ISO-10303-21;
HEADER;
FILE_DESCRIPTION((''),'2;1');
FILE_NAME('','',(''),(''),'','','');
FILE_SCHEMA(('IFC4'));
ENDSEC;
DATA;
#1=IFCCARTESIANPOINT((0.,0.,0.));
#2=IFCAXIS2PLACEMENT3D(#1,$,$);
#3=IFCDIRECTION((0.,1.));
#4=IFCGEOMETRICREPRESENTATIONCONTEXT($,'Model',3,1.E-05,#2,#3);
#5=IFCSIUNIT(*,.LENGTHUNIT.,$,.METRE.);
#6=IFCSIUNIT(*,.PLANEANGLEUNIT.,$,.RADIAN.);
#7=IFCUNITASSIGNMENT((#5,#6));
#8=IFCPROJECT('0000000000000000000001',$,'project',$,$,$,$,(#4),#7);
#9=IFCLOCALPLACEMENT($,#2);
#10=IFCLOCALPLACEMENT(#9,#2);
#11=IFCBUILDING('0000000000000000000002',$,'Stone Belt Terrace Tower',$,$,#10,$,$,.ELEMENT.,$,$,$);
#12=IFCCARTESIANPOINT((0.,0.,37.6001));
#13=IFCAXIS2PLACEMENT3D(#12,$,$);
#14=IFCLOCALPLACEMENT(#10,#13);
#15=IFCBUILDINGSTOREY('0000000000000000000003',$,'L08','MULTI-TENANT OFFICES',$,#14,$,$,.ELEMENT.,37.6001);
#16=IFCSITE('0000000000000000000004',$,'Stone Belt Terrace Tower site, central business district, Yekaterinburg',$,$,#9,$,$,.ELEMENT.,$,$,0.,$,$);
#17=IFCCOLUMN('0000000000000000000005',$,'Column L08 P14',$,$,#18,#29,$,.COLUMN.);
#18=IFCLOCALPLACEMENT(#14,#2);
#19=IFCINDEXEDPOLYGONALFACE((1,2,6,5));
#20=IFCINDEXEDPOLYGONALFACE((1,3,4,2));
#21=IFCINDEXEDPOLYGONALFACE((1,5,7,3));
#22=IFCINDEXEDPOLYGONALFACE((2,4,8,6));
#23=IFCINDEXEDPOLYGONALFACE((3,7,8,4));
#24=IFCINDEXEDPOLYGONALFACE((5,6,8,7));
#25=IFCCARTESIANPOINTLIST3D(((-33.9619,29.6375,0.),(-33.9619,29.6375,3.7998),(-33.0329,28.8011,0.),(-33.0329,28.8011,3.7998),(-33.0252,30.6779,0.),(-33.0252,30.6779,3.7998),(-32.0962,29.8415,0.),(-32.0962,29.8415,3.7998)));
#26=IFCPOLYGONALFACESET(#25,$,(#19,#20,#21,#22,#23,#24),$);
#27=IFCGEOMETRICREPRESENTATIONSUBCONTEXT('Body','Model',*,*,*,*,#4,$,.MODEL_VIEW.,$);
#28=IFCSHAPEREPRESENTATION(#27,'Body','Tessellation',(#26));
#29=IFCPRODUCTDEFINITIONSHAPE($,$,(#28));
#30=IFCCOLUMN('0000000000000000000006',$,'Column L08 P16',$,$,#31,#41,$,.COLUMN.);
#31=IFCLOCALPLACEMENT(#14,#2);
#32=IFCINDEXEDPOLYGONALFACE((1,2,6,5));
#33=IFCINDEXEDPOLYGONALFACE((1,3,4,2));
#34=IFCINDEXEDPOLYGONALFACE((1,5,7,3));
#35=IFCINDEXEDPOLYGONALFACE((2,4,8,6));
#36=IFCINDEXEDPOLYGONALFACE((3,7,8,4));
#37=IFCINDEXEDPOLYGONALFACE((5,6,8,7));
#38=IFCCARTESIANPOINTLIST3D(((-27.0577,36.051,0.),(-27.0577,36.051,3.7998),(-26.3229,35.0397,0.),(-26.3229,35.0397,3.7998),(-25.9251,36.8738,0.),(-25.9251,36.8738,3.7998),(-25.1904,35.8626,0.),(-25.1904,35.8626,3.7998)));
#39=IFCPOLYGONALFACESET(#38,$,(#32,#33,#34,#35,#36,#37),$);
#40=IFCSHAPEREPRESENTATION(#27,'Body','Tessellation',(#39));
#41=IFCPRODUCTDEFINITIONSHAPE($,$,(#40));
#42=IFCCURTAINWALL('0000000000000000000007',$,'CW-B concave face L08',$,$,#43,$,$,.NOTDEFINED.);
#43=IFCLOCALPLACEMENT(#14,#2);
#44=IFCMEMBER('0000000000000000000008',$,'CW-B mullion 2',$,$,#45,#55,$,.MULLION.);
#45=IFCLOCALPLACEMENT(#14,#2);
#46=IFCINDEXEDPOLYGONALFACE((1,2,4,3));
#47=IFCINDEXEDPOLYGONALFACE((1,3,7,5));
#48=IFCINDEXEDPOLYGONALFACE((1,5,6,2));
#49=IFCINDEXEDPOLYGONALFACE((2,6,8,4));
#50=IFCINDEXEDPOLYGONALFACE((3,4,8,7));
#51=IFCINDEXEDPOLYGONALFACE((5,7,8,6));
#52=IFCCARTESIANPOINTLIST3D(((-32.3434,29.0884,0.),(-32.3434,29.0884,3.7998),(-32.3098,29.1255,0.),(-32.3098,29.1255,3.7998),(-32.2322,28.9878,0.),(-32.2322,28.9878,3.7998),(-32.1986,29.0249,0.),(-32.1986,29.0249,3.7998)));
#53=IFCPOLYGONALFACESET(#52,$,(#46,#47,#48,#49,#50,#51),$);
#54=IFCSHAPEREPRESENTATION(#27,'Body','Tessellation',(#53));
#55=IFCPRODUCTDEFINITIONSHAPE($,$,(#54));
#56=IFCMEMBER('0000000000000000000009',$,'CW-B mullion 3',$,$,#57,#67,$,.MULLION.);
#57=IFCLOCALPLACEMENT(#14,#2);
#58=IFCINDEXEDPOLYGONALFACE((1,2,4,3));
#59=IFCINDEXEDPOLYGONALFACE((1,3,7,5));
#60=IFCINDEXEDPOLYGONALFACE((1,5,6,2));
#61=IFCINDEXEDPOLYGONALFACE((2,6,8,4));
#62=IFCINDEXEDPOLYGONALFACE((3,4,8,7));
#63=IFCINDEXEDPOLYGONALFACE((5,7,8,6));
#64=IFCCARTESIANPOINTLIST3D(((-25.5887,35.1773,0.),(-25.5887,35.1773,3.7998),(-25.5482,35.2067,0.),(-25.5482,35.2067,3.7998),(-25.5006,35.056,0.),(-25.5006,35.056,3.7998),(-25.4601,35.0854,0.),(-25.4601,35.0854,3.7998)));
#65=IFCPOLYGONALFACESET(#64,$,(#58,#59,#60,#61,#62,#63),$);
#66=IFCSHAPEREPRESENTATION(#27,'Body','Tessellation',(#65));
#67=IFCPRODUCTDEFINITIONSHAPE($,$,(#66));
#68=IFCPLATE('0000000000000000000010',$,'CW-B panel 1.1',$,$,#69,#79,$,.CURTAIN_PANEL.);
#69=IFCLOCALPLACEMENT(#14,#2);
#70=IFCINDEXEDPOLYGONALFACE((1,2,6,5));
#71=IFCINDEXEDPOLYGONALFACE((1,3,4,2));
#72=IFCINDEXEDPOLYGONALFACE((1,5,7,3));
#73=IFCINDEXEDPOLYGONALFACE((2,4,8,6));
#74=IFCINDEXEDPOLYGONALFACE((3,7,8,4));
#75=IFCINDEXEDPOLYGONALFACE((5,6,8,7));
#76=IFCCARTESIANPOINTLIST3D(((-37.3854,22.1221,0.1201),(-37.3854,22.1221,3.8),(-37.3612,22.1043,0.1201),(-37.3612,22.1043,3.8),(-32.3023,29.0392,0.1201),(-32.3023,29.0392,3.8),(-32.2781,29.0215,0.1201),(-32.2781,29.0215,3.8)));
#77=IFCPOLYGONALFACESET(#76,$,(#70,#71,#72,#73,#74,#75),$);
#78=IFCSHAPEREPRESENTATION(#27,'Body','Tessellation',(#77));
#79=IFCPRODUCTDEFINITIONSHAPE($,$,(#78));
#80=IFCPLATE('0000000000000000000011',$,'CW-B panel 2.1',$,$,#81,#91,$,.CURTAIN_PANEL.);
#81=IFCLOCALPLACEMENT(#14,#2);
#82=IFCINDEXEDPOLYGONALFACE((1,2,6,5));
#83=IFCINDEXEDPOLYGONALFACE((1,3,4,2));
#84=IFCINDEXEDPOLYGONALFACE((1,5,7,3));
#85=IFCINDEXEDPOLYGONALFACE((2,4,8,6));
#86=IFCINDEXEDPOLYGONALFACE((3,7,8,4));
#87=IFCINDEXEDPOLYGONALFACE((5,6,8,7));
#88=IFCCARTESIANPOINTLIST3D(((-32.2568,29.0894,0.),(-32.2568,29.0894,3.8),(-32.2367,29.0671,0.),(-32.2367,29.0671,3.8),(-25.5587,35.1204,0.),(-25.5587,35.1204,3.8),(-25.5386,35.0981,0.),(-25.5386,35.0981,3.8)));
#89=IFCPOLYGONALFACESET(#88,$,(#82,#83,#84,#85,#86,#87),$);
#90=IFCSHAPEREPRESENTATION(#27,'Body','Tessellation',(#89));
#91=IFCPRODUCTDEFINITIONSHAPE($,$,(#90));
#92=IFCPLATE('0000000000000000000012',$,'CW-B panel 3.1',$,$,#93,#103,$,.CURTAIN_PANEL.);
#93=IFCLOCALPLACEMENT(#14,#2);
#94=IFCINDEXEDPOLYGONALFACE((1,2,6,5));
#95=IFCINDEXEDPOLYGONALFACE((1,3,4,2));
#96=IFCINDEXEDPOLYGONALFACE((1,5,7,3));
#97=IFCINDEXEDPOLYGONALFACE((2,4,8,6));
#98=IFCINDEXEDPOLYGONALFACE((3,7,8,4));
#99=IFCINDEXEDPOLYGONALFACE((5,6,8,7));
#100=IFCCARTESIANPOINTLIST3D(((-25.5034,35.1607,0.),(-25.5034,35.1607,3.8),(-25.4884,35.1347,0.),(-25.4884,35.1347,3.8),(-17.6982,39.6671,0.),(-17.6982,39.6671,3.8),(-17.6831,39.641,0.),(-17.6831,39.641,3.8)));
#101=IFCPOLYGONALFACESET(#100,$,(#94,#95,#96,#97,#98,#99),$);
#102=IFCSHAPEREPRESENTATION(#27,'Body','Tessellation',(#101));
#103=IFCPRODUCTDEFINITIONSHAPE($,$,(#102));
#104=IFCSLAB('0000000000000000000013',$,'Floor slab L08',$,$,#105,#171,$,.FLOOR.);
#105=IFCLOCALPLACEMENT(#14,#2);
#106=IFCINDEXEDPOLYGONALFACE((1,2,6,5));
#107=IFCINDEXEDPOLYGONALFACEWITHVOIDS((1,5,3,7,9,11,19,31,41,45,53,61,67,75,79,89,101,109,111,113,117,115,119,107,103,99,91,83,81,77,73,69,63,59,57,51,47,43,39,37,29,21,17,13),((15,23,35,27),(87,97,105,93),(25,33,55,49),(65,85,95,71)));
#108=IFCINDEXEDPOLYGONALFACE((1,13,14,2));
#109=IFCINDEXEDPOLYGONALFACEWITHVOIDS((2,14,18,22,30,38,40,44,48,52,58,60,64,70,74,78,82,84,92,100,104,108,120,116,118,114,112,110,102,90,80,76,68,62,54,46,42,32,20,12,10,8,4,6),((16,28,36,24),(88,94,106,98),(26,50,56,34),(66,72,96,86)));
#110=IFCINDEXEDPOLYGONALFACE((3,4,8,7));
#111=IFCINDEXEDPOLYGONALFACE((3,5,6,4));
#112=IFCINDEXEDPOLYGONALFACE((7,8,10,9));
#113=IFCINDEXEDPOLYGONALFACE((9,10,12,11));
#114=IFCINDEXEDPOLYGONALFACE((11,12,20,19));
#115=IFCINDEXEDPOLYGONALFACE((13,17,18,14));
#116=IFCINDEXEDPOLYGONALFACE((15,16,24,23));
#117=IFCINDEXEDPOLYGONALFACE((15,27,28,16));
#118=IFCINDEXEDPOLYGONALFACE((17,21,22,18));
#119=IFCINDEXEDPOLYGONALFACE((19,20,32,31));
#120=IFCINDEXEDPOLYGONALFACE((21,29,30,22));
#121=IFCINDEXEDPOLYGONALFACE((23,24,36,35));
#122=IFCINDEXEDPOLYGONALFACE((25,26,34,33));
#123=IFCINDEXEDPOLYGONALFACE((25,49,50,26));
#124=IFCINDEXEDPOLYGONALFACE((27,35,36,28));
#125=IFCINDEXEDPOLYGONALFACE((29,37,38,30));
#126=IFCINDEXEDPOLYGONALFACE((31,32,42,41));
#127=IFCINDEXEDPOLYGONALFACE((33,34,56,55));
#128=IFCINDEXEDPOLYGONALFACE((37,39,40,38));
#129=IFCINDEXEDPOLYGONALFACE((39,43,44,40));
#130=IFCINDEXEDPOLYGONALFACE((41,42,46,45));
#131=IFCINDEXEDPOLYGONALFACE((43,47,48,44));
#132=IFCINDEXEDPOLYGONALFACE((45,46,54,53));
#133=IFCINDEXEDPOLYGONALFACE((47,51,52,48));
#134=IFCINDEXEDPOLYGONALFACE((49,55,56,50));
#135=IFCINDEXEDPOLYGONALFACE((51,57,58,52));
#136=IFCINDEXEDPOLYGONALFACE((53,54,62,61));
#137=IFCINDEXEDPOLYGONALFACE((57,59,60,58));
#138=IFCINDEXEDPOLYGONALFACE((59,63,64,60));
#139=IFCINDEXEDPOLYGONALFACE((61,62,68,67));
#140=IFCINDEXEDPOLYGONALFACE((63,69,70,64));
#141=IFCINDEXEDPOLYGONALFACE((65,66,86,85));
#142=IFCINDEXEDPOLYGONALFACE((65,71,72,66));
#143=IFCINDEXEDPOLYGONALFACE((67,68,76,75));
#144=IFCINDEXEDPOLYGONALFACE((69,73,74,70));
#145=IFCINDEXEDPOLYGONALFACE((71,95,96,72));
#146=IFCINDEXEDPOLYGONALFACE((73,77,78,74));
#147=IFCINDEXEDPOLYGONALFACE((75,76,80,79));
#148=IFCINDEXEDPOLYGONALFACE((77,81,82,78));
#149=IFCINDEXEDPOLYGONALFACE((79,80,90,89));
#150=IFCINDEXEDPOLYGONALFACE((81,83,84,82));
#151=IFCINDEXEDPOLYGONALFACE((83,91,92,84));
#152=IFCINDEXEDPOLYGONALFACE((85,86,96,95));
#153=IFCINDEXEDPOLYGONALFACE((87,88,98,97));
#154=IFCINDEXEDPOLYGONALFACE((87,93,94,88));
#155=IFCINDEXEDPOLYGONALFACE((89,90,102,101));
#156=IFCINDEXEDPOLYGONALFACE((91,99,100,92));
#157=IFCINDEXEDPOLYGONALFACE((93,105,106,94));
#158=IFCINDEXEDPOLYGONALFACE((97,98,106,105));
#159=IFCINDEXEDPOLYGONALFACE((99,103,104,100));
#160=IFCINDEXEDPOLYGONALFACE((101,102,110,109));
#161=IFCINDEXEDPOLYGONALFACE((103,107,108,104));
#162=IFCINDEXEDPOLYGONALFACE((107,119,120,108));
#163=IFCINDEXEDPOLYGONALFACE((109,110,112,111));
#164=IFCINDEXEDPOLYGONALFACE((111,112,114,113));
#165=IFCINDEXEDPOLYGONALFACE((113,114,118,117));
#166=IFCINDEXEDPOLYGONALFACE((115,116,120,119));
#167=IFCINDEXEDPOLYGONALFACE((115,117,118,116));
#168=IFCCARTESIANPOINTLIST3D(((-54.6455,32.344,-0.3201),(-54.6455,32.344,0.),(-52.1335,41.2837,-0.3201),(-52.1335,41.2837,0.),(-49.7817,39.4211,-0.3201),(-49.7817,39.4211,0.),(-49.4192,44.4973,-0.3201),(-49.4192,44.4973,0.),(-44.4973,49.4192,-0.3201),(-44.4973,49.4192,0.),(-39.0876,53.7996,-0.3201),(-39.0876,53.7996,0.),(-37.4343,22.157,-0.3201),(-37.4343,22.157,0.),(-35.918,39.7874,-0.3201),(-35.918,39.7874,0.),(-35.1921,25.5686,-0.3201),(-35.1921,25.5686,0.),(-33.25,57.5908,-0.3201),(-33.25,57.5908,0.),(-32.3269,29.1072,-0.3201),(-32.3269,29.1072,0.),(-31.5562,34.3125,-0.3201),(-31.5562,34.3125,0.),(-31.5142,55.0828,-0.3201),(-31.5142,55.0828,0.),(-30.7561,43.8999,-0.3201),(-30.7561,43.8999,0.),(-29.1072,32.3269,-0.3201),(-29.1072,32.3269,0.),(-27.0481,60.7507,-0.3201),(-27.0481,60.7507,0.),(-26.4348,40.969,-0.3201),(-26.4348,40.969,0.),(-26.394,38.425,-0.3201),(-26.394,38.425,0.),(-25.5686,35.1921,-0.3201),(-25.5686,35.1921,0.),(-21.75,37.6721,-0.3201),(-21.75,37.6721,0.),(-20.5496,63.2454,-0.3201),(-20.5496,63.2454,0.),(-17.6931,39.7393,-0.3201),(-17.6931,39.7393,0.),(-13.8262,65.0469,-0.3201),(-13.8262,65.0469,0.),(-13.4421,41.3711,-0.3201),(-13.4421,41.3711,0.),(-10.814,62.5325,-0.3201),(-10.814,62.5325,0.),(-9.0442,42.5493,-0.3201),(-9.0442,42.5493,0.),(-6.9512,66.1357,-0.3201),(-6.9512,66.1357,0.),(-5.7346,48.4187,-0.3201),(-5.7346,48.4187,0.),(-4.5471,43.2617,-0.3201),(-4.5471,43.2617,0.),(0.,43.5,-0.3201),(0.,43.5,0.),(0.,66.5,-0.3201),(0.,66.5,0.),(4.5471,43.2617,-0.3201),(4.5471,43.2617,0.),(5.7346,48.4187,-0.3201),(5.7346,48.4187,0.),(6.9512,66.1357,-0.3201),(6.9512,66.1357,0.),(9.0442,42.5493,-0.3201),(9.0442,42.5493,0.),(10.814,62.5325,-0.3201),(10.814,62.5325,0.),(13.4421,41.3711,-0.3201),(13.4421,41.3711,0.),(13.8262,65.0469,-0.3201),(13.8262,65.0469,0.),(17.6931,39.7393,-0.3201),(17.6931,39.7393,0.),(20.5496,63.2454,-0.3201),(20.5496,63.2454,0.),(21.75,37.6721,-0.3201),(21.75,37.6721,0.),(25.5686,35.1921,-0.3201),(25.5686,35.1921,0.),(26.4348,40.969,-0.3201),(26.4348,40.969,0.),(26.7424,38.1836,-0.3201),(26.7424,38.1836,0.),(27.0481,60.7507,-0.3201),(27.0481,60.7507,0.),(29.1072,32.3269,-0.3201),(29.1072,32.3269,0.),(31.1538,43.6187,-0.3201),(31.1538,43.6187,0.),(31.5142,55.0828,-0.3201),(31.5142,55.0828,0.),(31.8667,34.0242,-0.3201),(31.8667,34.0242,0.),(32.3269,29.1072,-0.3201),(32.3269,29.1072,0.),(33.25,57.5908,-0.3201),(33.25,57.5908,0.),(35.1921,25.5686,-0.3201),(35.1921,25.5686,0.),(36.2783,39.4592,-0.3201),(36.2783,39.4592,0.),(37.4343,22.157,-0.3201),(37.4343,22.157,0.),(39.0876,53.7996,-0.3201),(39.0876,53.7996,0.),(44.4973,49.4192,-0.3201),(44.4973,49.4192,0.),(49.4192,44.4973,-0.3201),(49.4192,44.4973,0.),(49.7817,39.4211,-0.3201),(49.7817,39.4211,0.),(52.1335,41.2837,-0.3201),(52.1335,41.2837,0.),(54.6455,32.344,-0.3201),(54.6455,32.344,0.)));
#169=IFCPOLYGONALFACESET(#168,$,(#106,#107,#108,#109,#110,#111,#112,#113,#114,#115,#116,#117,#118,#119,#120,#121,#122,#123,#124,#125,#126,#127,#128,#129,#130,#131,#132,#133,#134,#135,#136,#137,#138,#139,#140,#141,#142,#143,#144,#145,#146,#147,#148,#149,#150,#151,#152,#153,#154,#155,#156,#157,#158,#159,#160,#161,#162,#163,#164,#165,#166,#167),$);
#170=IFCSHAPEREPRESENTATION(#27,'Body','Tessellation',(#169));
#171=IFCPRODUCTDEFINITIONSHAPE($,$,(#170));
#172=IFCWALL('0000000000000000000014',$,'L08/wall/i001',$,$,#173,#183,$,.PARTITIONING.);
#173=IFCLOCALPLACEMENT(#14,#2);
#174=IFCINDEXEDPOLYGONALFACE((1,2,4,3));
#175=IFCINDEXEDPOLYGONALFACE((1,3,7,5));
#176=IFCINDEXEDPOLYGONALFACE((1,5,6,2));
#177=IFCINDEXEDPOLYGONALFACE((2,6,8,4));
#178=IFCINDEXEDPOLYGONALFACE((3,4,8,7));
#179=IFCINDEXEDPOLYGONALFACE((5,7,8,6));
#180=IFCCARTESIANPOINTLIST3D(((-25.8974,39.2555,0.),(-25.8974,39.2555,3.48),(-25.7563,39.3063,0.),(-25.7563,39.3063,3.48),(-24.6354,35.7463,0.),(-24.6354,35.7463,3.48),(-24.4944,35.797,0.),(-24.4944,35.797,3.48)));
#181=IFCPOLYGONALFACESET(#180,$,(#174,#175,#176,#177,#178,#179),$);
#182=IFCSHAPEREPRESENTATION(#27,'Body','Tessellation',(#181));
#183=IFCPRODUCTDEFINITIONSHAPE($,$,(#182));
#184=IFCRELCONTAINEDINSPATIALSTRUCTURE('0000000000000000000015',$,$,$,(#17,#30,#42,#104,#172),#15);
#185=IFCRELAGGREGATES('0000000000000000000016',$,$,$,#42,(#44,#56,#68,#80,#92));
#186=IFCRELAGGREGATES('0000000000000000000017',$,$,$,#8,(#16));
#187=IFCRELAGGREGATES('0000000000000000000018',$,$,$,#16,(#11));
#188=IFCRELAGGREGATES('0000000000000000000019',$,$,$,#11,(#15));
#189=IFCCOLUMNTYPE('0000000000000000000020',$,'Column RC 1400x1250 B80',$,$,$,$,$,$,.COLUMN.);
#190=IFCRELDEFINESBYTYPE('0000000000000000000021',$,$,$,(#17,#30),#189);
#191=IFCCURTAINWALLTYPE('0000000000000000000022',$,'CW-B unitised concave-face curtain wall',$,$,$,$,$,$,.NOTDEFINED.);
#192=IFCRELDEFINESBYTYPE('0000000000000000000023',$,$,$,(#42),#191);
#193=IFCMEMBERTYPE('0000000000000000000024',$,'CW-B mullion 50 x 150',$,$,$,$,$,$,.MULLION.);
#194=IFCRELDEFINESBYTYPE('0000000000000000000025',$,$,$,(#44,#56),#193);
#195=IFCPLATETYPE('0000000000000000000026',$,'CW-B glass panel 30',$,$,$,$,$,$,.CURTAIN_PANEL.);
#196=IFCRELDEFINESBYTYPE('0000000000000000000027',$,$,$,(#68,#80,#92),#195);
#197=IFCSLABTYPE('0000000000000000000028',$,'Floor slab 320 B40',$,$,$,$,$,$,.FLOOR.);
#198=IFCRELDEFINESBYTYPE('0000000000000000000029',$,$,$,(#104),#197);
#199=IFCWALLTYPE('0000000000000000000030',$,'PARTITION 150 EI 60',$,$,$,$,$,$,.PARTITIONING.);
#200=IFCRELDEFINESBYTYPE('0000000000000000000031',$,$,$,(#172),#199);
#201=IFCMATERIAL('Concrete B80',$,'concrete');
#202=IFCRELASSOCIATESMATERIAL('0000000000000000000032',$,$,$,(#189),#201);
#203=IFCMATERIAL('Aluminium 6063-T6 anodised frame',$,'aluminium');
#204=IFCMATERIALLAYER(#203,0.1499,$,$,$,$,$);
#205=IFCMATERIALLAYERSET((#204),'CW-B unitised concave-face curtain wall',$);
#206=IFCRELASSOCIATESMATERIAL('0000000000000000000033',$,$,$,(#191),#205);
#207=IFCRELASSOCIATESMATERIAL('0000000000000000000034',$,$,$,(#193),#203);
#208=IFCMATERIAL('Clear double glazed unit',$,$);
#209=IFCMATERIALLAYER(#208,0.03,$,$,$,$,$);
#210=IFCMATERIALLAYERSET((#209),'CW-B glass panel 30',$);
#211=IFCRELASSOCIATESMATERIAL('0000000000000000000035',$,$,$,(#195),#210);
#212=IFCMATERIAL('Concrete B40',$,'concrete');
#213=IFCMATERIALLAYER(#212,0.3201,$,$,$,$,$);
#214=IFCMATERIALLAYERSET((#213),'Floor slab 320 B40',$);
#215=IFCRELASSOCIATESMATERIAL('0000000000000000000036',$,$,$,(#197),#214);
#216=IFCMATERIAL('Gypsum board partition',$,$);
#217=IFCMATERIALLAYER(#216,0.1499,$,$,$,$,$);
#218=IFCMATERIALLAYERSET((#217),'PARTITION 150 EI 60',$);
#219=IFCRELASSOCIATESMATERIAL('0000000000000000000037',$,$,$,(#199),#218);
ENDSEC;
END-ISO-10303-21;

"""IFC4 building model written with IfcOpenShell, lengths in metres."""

from ifc_helpers import new_model, si_unit, direction, frame, frame_2d, origin, origin_2d, place, context, subcontext, project, spatial, polyline, rectangle, outline, extrude, material, layer, layer_set, material_profile, profile_set, type_object, element, aggregate, save


model = new_model("IFC4")

# Units and contexts
model_context = context("Model", 3, precision=1e-05, world=origin(), true_north=direction((0.0, 1.0)))
body_context = subcontext(model_context, "Body", "Model", "MODEL_VIEW")
ifc_project = project(units=[si_unit("LENGTHUNIT", "METRE"), si_unit("PLANEANGLEUNIT", "RADIAN")], contexts=[model_context])

# Site, building, storey
site_placement = place(None, origin())
site = spatial("IfcSite", under=ifc_project, at=site_placement, Name="Stone Belt Terrace Tower site, central business district, Yekaterinburg", CompositionType="ELEMENT", RefElevation=0.0)
building_placement = place(site_placement, origin())
building = spatial("IfcBuilding", under=site, at=building_placement, Name="Stone Belt Terrace Tower", CompositionType="ELEMENT")
storey_placement = place(building_placement, frame((0.0, 0.0, 37.6001)))
storey = spatial("IfcBuildingStorey", under=building, at=storey_placement, Name="L08", Description="MULTI-TENANT OFFICES", CompositionType="ELEMENT", Elevation=37.6001)

# Columns
ifc_material_1 = material(Name="Concrete B80", Category="concrete")
ifc_material_profile_1 = material_profile(ifc_material_1, rectangle(XDim=1.3999, YDim=1.25, at=origin_2d()), Name="RC 1400x1250")
ifc_profile_set_1 = profile_set([ifc_material_profile_1], Name="Concrete B80")
column_type = type_object("IfcColumnType", Name="Column RC 1400x1250 B80", PredefinedType="COLUMN", material=ifc_profile_set_1)
for number, where, z_axis, x_axis, name in (
    (1, (-33.0291, 29.7395, 0.0), (0.0, 0.0, 1.0), (0.669131, 0.743145, 0.0), "Column L08 P14"),
    (2, (-26.124, 35.9568, 0.0), (0.0, 0.0, 1.0), (0.809017, 0.587785, 0.0), "Column L08 P16"),
):
    element("IfcColumn", number, at=place(storey_placement, frame(where, z_axis=z_axis, x_axis=x_axis)), inside=storey, type_object=column_type, Name=name, PredefinedType="COLUMN", context=body_context, shape_type="SweptSolid", body=[
        extrude(rectangle(XDim=1.3999, YDim=1.25, at=origin_2d()), origin(), (0.0, 0.0, 1.0), 3.7998),
    ])

# Curtain wall, members, plates
ifc_material_2 = material(Name="Aluminium 6063-T6 anodised frame", Category="aluminium")
ifc_layer_1 = layer(ifc_material_2, 0.1499)
ifc_layer_set_1 = layer_set([ifc_layer_1], Name="CW-B unitised concave-face curtain wall")
curtain_wall_type = type_object("IfcCurtainWallType", Name="CW-B unitised concave-face curtain wall", PredefinedType="NOTDEFINED", material=ifc_layer_set_1)
curtain_wall_placement = place(storey_placement, origin())
curtain_wall = element("IfcCurtainWall", 3, at=curtain_wall_placement, inside=storey, type_object=curtain_wall_type, Name="CW-B concave face L08", PredefinedType="NOTDEFINED")
ifc_material_profile_2 = material_profile(ifc_material_2, rectangle(XDim=0.1499, YDim=0.05, at=origin_2d()), Name="Aluminium 6063-T6 50x150")
ifc_profile_set_2 = profile_set([ifc_material_profile_2], Name="Aluminium 6063-T6 anodised frame")
member_type = type_object("IfcMemberType", Name="CW-B mullion 50 x 150", PredefinedType="MULLION", material=ifc_profile_set_2)
member_1_placement = place(storey_placement, frame((-32.271, 29.0566, 0.0), z_axis=(0.0, 0.0, 1.0), x_axis=(-0.74133, 0.671141, 0.0)))
member_1 = element("IfcMember", 4, at=member_1_placement, type_object=member_type, Name="CW-B mullion 2", PredefinedType="MULLION", context=body_context, shape_type="SweptSolid", body=[
    extrude(rectangle(XDim=0.1499, YDim=0.05, at=origin_2d()), origin(), (0.0, 0.0, 1.0), 3.7998),
])
member_2_placement = place(storey_placement, frame((-25.5244, 35.1313, 0.0), z_axis=(0.0, 0.0, 1.0), x_axis=(-0.587785, 0.809017, 0.0)))
member_2 = element("IfcMember", 5, at=member_2_placement, type_object=member_type, Name="CW-B mullion 3", PredefinedType="MULLION", context=body_context, shape_type="SweptSolid", body=[
    extrude(rectangle(XDim=0.1499, YDim=0.05, at=origin_2d()), origin(), (0.0, 0.0, 1.0), 3.7998),
])
ifc_material_3 = material(Name="Clear double glazed unit")
ifc_layer_2 = layer(ifc_material_3, 0.03)
ifc_layer_set_2 = layer_set([ifc_layer_2], Name="CW-B glass panel 30")
plate_type = type_object("IfcPlateType", Name="CW-B glass panel 30", PredefinedType="CURTAIN_PANEL", material=ifc_layer_set_2)
plate_1_placement = place(storey_placement, frame((-34.8318, 25.5718, 0.1201), z_axis=(0.0, 0.0, 1.0), x_axis=(0.592159, 0.805821, 0.0)))
plate_1 = element("IfcPlate", 6, at=plate_1_placement, type_object=plate_type, Name="CW-B panel 1.1", PredefinedType="CURTAIN_PANEL", context=body_context, shape_type="SweptSolid", body=[
    extrude(rectangle(XDim=8.584, YDim=0.03, at=origin_2d()), origin(), (0.0, 0.0, 1.0), 3.6799),
])
plate_2_placement = place(storey_placement, frame((-28.8977, 32.0938, 0.0), z_axis=(0.0, 0.0, 1.0), x_axis=(0.743145, 0.669131, 0.0)))
plate_2 = element("IfcPlate", 7, at=plate_2_placement, type_object=plate_type, Name="CW-B panel 2.1", PredefinedType="CURTAIN_PANEL", context=body_context, shape_type="SweptSolid", body=[
    extrude(rectangle(XDim=9.0132, YDim=0.03, at=origin_2d()), origin(), (0.0, 0.0, 1.0), 3.8),
])
plate_3_placement = place(storey_placement, frame((-21.5933, 37.4009, 0.0), z_axis=(0.0, 0.0, 1.0), x_axis=(0.866025, 0.5, 0.0)))
plate_3 = element("IfcPlate", 8, at=plate_3_placement, type_object=plate_type, Name="CW-B panel 3.1", PredefinedType="CURTAIN_PANEL", context=body_context, shape_type="SweptSolid", body=[
    extrude(rectangle(XDim=9.0127, YDim=0.03, at=origin_2d()), origin(), (0.0, 0.0, 1.0), 3.8),
])
aggregate(curtain_wall, [member_1, member_2, plate_1, plate_2, plate_3])

# Slab
ifc_material_4 = material(Name="Concrete B40", Category="concrete")
ifc_layer_3 = layer(ifc_material_4, 0.3201)
ifc_layer_set_3 = layer_set([ifc_layer_3], Name="Floor slab 320 B40")
slab_type = type_object("IfcSlabType", Name="Floor slab 320 B40", PredefinedType="FLOOR", material=ifc_layer_set_3)
slab_placement = place(storey_placement, frame((0.0, 0.0, -0.3201)))
element("IfcSlab", 9, at=slab_placement, inside=storey, type_object=slab_type, Name="Floor slab L08", PredefinedType="FLOOR", context=body_context, shape_type="SweptSolid", body=[
    extrude(outline(polyline([(-49.4192, 44.4973), (-44.4973, 49.4192), (-39.0876, 53.7996), (-33.25, 57.5908), (-27.0481, 60.7507), (-20.5496, 63.2454), (-13.8262, 65.0469), (-6.9512, 66.1357), (0.0, 66.5), (6.9512, 66.1357), (13.8262, 65.0469), (20.5496, 63.2454), (27.0481, 60.7507), (33.25, 57.5908), (39.0876, 53.7996), (44.4973, 49.4192), (49.4192, 44.4973), (52.1335, 41.2837), (49.7817, 39.4211), (54.6455, 32.344), (37.4343, 22.157), (35.1921, 25.5686), (32.3269, 29.1072), (29.1072, 32.3269), (25.5686, 35.1921), (21.75, 37.6721), (17.6931, 39.7393), (13.4421, 41.3711), (9.0442, 42.5493), (4.5471, 43.2617), (0.0, 43.5), (-4.5471, 43.2617), (-9.0442, 42.5493), (-13.4421, 41.3711), (-17.6931, 39.7393), (-21.75, 37.6721), (-25.5686, 35.1921), (-29.1072, 32.3269), (-32.3269, 29.1072), (-35.1921, 25.5686), (-37.4343, 22.157), (-54.6455, 32.344), (-49.7817, 39.4211), (-52.1335, 41.2837), (-49.4192, 44.4973)]), holes=[polyline([(-26.4348, 40.969), (-5.7346, 48.4187), (-10.814, 62.5325), (-31.5142, 55.0828), (-26.4348, 40.969)]), polyline([(10.814, 62.5325), (5.7346, 48.4187), (26.4348, 40.969), (31.5142, 55.0828), (10.814, 62.5325)]), polyline([(-35.918, 39.7874), (-31.5562, 34.3125), (-26.394, 38.425), (-30.7561, 43.8999), (-35.918, 39.7874)]), polyline([(36.2783, 39.4592), (31.1538, 43.6187), (26.7424, 38.1836), (31.8667, 34.0242), (36.2783, 39.4592)])]), origin(), (0.0, 0.0, 1.0), 0.3201),
])

# Wall
ifc_material_5 = material(Name="Gypsum board partition")
ifc_layer_4 = layer(ifc_material_5, 0.1499)
ifc_layer_set_4 = layer_set([ifc_layer_4], Name="PARTITION 150 EI 60")
wall_type_1 = type_object("IfcWallType", Name="PARTITION 150 EI 60", PredefinedType="PARTITIONING", material=ifc_layer_set_4)
wall_1_placement = place(storey_placement, frame((-25.8269, 39.281, 0.0), z_axis=(0.0, 0.0, 1.0), x_axis=(0.338393, -0.941005, 0.0)))
element("IfcWall", 10, at=wall_1_placement, inside=storey, type_object=wall_type_1, Name="L08/wall/i001", PredefinedType="PARTITIONING", context=body_context, shape_type="SweptSolid", body=[
    extrude(rectangle(XDim=3.7292, YDim=0.1499, at=frame_2d((1.8647, 0.0))), origin(), (0.0, 0.0, 1.0), 3.48),
])

save(model, "model.ifc")
